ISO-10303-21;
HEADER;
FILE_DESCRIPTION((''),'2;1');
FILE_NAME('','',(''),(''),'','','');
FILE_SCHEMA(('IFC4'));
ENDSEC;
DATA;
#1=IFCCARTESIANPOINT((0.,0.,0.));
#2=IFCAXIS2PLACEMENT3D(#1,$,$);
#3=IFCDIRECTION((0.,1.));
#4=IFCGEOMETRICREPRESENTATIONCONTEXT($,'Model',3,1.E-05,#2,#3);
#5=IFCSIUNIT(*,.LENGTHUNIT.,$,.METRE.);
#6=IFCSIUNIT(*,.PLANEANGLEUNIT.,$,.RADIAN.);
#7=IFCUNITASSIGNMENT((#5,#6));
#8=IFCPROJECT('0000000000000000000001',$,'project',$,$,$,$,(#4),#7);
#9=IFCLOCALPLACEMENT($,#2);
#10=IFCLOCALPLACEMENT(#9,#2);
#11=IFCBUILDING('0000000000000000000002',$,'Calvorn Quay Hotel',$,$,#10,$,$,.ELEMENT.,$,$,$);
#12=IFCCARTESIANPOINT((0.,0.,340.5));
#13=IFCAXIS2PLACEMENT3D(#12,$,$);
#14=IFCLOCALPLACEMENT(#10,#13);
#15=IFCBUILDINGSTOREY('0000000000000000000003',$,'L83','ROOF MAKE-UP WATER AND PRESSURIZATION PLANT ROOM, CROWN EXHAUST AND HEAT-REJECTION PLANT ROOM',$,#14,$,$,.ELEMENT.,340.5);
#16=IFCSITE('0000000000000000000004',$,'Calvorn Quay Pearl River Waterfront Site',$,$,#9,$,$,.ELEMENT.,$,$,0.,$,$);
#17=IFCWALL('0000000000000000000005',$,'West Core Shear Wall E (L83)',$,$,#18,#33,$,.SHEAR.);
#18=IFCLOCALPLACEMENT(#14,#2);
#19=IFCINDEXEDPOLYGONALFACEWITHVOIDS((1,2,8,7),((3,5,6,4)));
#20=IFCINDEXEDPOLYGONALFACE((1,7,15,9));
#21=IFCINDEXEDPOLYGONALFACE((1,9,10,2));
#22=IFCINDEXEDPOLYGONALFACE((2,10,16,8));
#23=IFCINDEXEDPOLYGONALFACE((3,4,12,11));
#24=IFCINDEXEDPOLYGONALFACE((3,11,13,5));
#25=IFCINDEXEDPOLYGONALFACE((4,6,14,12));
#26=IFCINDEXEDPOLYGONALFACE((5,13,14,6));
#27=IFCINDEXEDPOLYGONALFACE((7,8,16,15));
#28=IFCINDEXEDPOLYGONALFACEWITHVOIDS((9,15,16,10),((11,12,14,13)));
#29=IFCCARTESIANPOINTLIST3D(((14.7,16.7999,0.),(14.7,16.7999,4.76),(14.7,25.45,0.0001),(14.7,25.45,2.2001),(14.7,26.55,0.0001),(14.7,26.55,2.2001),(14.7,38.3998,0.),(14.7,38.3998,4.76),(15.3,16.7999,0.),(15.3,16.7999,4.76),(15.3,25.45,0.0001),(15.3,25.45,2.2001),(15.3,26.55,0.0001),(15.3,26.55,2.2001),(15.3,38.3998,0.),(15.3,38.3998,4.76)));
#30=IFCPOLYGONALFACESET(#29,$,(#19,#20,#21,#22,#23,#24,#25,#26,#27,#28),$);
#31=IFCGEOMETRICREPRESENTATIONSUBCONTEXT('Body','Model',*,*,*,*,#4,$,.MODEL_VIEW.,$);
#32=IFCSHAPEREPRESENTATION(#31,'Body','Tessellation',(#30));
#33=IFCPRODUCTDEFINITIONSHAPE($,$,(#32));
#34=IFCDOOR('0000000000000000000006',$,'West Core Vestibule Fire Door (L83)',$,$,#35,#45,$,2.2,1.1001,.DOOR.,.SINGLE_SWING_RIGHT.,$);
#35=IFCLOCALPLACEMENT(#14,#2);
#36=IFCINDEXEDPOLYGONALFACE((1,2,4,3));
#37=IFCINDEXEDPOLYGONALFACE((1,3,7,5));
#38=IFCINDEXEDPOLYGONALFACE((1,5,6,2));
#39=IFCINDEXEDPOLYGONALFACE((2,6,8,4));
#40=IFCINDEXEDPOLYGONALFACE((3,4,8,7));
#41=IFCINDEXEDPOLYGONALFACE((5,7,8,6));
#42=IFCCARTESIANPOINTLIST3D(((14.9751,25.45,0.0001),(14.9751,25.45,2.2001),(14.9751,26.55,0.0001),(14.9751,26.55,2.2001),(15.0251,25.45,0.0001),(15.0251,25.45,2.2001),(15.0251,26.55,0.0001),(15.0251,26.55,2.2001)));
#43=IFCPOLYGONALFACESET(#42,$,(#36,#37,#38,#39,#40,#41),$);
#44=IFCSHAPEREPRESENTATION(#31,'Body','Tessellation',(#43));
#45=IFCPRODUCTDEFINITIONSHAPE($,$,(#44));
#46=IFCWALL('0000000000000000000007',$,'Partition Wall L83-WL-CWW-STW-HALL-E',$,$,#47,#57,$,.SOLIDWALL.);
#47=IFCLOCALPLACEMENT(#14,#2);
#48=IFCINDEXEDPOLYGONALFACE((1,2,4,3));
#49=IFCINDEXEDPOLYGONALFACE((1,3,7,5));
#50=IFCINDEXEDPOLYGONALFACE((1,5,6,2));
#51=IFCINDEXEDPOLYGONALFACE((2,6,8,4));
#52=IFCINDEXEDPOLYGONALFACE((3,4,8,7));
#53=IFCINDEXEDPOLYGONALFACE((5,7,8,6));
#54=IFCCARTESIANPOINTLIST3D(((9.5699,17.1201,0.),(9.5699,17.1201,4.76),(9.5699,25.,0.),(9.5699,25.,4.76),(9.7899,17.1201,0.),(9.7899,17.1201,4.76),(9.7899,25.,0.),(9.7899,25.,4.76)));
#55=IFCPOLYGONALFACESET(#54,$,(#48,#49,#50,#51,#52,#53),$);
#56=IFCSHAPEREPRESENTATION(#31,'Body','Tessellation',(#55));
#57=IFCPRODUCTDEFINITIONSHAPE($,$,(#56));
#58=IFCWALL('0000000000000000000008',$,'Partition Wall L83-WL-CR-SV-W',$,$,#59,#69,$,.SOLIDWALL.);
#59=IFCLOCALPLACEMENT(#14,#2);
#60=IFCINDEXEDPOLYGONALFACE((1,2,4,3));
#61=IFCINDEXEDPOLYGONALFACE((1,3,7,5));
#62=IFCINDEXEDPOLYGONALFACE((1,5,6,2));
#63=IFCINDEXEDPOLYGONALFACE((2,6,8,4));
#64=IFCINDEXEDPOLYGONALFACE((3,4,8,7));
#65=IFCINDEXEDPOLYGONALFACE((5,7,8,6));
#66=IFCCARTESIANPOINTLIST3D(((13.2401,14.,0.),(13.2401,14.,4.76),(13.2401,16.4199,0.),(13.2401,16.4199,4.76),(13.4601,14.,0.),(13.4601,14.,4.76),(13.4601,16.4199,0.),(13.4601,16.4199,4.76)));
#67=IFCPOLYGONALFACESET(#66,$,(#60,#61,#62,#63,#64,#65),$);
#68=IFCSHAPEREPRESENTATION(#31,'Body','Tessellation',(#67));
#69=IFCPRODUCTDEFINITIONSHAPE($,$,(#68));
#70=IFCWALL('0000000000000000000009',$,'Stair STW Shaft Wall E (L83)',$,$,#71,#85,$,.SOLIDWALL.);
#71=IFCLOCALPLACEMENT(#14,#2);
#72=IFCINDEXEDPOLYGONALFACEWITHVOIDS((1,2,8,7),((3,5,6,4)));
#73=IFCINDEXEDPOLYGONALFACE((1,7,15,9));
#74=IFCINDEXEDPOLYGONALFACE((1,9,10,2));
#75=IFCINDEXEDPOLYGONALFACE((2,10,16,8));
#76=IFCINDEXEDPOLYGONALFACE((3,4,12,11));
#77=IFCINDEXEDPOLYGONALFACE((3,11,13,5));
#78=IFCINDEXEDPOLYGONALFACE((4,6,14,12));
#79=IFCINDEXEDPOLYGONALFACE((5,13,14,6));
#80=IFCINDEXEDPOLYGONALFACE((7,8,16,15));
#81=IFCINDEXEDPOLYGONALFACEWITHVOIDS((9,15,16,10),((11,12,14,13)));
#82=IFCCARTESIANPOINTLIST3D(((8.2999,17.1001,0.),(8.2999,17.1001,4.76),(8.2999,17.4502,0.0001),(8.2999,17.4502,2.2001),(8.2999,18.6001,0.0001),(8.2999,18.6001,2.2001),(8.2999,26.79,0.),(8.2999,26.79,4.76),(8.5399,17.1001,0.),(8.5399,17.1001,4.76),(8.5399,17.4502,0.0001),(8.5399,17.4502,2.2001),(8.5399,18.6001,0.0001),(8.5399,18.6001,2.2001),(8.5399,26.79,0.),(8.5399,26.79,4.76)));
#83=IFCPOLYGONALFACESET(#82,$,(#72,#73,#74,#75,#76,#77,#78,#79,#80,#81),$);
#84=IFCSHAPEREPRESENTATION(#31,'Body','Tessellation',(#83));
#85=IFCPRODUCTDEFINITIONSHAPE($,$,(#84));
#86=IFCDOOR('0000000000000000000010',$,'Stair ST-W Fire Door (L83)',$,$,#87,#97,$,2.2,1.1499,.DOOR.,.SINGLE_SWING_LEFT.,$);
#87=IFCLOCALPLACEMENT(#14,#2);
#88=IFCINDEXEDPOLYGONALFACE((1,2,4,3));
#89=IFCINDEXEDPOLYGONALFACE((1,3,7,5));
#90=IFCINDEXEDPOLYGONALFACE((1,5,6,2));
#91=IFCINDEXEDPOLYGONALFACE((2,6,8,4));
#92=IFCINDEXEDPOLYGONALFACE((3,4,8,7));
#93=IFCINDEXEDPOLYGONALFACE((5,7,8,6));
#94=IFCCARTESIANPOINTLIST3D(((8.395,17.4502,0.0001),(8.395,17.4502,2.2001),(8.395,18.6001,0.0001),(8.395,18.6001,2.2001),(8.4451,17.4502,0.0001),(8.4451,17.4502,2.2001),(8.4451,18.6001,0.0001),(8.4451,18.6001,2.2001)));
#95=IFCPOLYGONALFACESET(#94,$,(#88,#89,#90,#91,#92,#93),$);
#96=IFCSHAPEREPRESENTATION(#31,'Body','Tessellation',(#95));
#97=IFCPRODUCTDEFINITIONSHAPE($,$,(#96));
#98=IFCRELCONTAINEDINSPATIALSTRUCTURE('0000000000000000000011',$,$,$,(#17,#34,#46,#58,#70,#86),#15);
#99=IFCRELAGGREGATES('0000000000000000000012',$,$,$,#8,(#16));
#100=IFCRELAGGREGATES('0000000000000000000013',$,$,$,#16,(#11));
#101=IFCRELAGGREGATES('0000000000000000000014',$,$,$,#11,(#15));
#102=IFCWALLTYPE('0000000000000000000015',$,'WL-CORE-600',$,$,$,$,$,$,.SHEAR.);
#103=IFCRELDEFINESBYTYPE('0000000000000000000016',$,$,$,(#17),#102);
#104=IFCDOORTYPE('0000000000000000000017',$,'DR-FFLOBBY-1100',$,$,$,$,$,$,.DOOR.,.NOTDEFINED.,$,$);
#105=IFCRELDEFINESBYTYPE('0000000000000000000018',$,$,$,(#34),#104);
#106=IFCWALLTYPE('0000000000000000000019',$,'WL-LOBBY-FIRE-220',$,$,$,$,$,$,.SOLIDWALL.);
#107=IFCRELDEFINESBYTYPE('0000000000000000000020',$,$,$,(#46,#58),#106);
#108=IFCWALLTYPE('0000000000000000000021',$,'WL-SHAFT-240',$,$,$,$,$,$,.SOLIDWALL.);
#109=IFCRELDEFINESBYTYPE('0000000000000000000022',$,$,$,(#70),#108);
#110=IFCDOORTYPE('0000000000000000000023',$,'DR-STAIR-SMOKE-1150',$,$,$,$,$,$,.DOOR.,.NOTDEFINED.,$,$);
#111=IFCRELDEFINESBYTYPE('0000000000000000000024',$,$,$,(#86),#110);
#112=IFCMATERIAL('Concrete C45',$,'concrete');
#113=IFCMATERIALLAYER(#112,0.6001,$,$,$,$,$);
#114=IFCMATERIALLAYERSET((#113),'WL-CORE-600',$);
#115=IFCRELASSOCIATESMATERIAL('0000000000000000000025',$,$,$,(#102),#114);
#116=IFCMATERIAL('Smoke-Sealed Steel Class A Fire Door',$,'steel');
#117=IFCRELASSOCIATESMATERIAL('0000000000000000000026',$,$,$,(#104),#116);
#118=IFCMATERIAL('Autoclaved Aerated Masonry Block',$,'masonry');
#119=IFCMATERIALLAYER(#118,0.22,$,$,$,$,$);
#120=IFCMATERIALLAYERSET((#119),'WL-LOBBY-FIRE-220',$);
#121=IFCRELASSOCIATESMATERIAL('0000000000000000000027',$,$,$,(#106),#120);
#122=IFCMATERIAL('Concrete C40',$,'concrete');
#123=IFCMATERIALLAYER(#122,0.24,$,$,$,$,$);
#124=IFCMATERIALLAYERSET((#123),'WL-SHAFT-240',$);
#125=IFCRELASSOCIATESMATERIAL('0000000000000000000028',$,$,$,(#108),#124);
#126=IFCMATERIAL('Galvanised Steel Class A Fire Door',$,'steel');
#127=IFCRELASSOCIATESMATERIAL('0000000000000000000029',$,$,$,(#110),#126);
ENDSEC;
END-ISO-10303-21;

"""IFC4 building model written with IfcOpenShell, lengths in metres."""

from ifc_helpers import new_model, si_unit, direction, frame, frame_2d, origin, place, context, subcontext, project, spatial, rectangle, extrude, material, layer, layer_set, type_object, element, fill, save


model = new_model("IFC4")

# Units and contexts
model_context = context("Model", 3, precision=1e-05, world=origin(), true_north=direction((0.0, 1.0)))
body_context = subcontext(model_context, "Body", "Model", "MODEL_VIEW")
ifc_project = project(units=[si_unit("LENGTHUNIT", "METRE"), si_unit("PLANEANGLEUNIT", "RADIAN")], contexts=[model_context])

# Site, building, storey
site_placement = place(None, origin())
site = spatial("IfcSite", under=ifc_project, at=site_placement, Name="Calvorn Quay Pearl River Waterfront Site", CompositionType="ELEMENT", RefElevation=0.0)
building_placement = place(site_placement, origin())
building = spatial("IfcBuilding", under=site, at=building_placement, Name="Calvorn Quay Hotel", CompositionType="ELEMENT")
storey_placement = place(building_placement, frame((0.0, 0.0, 340.5)))
storey = spatial("IfcBuildingStorey", under=building, at=storey_placement, Name="L83", Description="ROOF MAKE-UP WATER AND PRESSURIZATION PLANT ROOM, CROWN EXHAUST AND HEAT-REJECTION PLANT ROOM", CompositionType="ELEMENT", Elevation=340.5)

# Wall, opening, door
ifc_material_1 = material(Name="Concrete C45", Category="concrete")
ifc_layer_1 = layer(ifc_material_1, 0.6001)
ifc_layer_set_1 = layer_set([ifc_layer_1], Name="WL-CORE-600")
wall_type_1 = type_object("IfcWallType", Name="WL-CORE-600", PredefinedType="SHEAR", material=ifc_layer_set_1)
wall_1_placement = place(storey_placement, frame((15.0, 16.8, 0.0), z_axis=(0.0, 0.0, 1.0), x_axis=(0.0, 1.0, 0.0)))
wall_1 = element("IfcWall", 1, at=wall_1_placement, inside=storey, type_object=wall_type_1, Name="West Core Shear Wall E (L83)", PredefinedType="SHEAR", context=body_context, shape_type="SweptSolid", body=[
    extrude(rectangle(XDim=21.5999, YDim=0.6001, at=frame_2d((10.7998, 0.0))), origin(), (0.0, 0.0, 1.0), 4.76),
])
opening_1_placement = place(wall_1_placement, frame((8.6499, 0.0, 0.0)))
opening_1 = element("IfcOpeningElement", 2, at=opening_1_placement, cuts=wall_1, PredefinedType="OPENING", context=body_context, shape_type="SweptSolid", body=[
    extrude(rectangle(XDim=1.1001, YDim=2.2, at=frame_2d((0.55, 1.1001))), frame((0.0, 0.3101, 0.0), z_axis=(0.0, -1.0, 0.0), x_axis=(1.0, 0.0, 0.0)), (0.0, 0.0, 1.0), 0.6201),
])
ifc_material_2 = material(Name="Smoke-Sealed Steel Class A Fire Door", Category="steel")
door_type_1 = type_object("IfcDoorType", Name="DR-FFLOBBY-1100", OperationType="NOTDEFINED", PredefinedType="DOOR", material=ifc_material_2)
door_1_placement = place(opening_1_placement, origin())
door_1 = element("IfcDoor", 3, at=door_1_placement, inside=storey, type_object=door_type_1, Name="West Core Vestibule Fire Door (L83)", OperationType="SINGLE_SWING_RIGHT", OverallHeight=2.2, OverallWidth=1.1001, PredefinedType="DOOR", context=body_context, shape_type="SweptSolid", body=[
    extrude(rectangle(XDim=1.1001, YDim=2.2, at=frame_2d((0.55, 1.1001))), frame((0.0, 0.0249, 0.0), z_axis=(0.0, -1.0, 0.0), x_axis=(1.0, 0.0, 0.0)), (0.0, 0.0, 1.0), 0.05),
])
fill(opening_1, door_1)

# Walls
ifc_material_3 = material(Name="Autoclaved Aerated Masonry Block", Category="masonry")
ifc_layer_2 = layer(ifc_material_3, 0.22)
ifc_layer_set_2 = layer_set([ifc_layer_2], Name="WL-LOBBY-FIRE-220")
wall_type_2 = type_object("IfcWallType", Name="WL-LOBBY-FIRE-220", PredefinedType="SOLIDWALL", material=ifc_layer_set_2)
wall_2_placement = place(storey_placement, frame((9.6799, 17.1201, 0.0), z_axis=(0.0, 0.0, 1.0), x_axis=(0.0, 1.0, 0.0)))
element("IfcWall", 4, at=wall_2_placement, inside=storey, type_object=wall_type_2, Name="Partition Wall L83-WL-CWW-STW-HALL-E", PredefinedType="SOLIDWALL", context=body_context, shape_type="SweptSolid", body=[
    extrude(rectangle(XDim=7.8799, YDim=0.22, at=frame_2d((3.9399, 0.0))), origin(), (0.0, 0.0, 1.0), 4.76),
])
wall_3_placement = place(storey_placement, frame((13.3501, 14.0, 0.0), z_axis=(0.0, 0.0, 1.0), x_axis=(0.0, 1.0, 0.0)))
element("IfcWall", 5, at=wall_3_placement, inside=storey, type_object=wall_type_2, Name="Partition Wall L83-WL-CR-SV-W", PredefinedType="SOLIDWALL", context=body_context, shape_type="SweptSolid", body=[
    extrude(rectangle(XDim=2.4199, YDim=0.22, at=frame_2d((1.21, 0.0))), origin(), (0.0, 0.0, 1.0), 4.76),
])

# Wall, opening, door
ifc_material_4 = material(Name="Concrete C40", Category="concrete")
ifc_layer_3 = layer(ifc_material_4, 0.24)
ifc_layer_set_3 = layer_set([ifc_layer_3], Name="WL-SHAFT-240")
wall_type_3 = type_object("IfcWallType", Name="WL-SHAFT-240", PredefinedType="SOLIDWALL", material=ifc_layer_set_3)
wall_4_placement = place(storey_placement, frame((8.4199, 17.1001, 0.0), z_axis=(0.0, 0.0, 1.0), x_axis=(0.0, 1.0, 0.0)))
wall_4 = element("IfcWall", 6, at=wall_4_placement, inside=storey, type_object=wall_type_3, Name="Stair STW Shaft Wall E (L83)", PredefinedType="SOLIDWALL", context=body_context, shape_type="SweptSolid", body=[
    extrude(rectangle(XDim=9.6899, YDim=0.24, at=frame_2d((4.845, 0.0))), origin(), (0.0, 0.0, 1.0), 4.76),
])
opening_2_placement = place(wall_4_placement, frame((0.3501, 0.0, 0.0)))
opening_2 = element("IfcOpeningElement", 7, at=opening_2_placement, cuts=wall_4, PredefinedType="OPENING", context=body_context, shape_type="SweptSolid", body=[
    extrude(rectangle(XDim=1.1499, YDim=2.2, at=frame_2d((0.575, 1.1001))), frame((0.0, 0.1299, 0.0), z_axis=(0.0, -1.0, 0.0), x_axis=(1.0, 0.0, 0.0)), (0.0, 0.0, 1.0), 0.26),
])
ifc_material_5 = material(Name="Galvanised Steel Class A Fire Door", Category="steel")
door_type_2 = type_object("IfcDoorType", Name="DR-STAIR-SMOKE-1150", OperationType="NOTDEFINED", PredefinedType="DOOR", material=ifc_material_5)
door_2_placement = place(opening_2_placement, origin())
door_2 = element("IfcDoor", 8, at=door_2_placement, inside=storey, type_object=door_type_2, Name="Stair ST-W Fire Door (L83)", OperationType="SINGLE_SWING_LEFT", OverallHeight=2.2, OverallWidth=1.1499, PredefinedType="DOOR", context=body_context, shape_type="SweptSolid", body=[
    extrude(rectangle(XDim=1.1499, YDim=2.2, at=frame_2d((0.575, 1.1001))), frame((0.0, 0.0249, 0.0), z_axis=(0.0, -1.0, 0.0), x_axis=(1.0, 0.0, 0.0)), (0.0, 0.0, 1.0), 0.05),
])
fill(opening_2, door_2)

save(model, "model.ifc")
